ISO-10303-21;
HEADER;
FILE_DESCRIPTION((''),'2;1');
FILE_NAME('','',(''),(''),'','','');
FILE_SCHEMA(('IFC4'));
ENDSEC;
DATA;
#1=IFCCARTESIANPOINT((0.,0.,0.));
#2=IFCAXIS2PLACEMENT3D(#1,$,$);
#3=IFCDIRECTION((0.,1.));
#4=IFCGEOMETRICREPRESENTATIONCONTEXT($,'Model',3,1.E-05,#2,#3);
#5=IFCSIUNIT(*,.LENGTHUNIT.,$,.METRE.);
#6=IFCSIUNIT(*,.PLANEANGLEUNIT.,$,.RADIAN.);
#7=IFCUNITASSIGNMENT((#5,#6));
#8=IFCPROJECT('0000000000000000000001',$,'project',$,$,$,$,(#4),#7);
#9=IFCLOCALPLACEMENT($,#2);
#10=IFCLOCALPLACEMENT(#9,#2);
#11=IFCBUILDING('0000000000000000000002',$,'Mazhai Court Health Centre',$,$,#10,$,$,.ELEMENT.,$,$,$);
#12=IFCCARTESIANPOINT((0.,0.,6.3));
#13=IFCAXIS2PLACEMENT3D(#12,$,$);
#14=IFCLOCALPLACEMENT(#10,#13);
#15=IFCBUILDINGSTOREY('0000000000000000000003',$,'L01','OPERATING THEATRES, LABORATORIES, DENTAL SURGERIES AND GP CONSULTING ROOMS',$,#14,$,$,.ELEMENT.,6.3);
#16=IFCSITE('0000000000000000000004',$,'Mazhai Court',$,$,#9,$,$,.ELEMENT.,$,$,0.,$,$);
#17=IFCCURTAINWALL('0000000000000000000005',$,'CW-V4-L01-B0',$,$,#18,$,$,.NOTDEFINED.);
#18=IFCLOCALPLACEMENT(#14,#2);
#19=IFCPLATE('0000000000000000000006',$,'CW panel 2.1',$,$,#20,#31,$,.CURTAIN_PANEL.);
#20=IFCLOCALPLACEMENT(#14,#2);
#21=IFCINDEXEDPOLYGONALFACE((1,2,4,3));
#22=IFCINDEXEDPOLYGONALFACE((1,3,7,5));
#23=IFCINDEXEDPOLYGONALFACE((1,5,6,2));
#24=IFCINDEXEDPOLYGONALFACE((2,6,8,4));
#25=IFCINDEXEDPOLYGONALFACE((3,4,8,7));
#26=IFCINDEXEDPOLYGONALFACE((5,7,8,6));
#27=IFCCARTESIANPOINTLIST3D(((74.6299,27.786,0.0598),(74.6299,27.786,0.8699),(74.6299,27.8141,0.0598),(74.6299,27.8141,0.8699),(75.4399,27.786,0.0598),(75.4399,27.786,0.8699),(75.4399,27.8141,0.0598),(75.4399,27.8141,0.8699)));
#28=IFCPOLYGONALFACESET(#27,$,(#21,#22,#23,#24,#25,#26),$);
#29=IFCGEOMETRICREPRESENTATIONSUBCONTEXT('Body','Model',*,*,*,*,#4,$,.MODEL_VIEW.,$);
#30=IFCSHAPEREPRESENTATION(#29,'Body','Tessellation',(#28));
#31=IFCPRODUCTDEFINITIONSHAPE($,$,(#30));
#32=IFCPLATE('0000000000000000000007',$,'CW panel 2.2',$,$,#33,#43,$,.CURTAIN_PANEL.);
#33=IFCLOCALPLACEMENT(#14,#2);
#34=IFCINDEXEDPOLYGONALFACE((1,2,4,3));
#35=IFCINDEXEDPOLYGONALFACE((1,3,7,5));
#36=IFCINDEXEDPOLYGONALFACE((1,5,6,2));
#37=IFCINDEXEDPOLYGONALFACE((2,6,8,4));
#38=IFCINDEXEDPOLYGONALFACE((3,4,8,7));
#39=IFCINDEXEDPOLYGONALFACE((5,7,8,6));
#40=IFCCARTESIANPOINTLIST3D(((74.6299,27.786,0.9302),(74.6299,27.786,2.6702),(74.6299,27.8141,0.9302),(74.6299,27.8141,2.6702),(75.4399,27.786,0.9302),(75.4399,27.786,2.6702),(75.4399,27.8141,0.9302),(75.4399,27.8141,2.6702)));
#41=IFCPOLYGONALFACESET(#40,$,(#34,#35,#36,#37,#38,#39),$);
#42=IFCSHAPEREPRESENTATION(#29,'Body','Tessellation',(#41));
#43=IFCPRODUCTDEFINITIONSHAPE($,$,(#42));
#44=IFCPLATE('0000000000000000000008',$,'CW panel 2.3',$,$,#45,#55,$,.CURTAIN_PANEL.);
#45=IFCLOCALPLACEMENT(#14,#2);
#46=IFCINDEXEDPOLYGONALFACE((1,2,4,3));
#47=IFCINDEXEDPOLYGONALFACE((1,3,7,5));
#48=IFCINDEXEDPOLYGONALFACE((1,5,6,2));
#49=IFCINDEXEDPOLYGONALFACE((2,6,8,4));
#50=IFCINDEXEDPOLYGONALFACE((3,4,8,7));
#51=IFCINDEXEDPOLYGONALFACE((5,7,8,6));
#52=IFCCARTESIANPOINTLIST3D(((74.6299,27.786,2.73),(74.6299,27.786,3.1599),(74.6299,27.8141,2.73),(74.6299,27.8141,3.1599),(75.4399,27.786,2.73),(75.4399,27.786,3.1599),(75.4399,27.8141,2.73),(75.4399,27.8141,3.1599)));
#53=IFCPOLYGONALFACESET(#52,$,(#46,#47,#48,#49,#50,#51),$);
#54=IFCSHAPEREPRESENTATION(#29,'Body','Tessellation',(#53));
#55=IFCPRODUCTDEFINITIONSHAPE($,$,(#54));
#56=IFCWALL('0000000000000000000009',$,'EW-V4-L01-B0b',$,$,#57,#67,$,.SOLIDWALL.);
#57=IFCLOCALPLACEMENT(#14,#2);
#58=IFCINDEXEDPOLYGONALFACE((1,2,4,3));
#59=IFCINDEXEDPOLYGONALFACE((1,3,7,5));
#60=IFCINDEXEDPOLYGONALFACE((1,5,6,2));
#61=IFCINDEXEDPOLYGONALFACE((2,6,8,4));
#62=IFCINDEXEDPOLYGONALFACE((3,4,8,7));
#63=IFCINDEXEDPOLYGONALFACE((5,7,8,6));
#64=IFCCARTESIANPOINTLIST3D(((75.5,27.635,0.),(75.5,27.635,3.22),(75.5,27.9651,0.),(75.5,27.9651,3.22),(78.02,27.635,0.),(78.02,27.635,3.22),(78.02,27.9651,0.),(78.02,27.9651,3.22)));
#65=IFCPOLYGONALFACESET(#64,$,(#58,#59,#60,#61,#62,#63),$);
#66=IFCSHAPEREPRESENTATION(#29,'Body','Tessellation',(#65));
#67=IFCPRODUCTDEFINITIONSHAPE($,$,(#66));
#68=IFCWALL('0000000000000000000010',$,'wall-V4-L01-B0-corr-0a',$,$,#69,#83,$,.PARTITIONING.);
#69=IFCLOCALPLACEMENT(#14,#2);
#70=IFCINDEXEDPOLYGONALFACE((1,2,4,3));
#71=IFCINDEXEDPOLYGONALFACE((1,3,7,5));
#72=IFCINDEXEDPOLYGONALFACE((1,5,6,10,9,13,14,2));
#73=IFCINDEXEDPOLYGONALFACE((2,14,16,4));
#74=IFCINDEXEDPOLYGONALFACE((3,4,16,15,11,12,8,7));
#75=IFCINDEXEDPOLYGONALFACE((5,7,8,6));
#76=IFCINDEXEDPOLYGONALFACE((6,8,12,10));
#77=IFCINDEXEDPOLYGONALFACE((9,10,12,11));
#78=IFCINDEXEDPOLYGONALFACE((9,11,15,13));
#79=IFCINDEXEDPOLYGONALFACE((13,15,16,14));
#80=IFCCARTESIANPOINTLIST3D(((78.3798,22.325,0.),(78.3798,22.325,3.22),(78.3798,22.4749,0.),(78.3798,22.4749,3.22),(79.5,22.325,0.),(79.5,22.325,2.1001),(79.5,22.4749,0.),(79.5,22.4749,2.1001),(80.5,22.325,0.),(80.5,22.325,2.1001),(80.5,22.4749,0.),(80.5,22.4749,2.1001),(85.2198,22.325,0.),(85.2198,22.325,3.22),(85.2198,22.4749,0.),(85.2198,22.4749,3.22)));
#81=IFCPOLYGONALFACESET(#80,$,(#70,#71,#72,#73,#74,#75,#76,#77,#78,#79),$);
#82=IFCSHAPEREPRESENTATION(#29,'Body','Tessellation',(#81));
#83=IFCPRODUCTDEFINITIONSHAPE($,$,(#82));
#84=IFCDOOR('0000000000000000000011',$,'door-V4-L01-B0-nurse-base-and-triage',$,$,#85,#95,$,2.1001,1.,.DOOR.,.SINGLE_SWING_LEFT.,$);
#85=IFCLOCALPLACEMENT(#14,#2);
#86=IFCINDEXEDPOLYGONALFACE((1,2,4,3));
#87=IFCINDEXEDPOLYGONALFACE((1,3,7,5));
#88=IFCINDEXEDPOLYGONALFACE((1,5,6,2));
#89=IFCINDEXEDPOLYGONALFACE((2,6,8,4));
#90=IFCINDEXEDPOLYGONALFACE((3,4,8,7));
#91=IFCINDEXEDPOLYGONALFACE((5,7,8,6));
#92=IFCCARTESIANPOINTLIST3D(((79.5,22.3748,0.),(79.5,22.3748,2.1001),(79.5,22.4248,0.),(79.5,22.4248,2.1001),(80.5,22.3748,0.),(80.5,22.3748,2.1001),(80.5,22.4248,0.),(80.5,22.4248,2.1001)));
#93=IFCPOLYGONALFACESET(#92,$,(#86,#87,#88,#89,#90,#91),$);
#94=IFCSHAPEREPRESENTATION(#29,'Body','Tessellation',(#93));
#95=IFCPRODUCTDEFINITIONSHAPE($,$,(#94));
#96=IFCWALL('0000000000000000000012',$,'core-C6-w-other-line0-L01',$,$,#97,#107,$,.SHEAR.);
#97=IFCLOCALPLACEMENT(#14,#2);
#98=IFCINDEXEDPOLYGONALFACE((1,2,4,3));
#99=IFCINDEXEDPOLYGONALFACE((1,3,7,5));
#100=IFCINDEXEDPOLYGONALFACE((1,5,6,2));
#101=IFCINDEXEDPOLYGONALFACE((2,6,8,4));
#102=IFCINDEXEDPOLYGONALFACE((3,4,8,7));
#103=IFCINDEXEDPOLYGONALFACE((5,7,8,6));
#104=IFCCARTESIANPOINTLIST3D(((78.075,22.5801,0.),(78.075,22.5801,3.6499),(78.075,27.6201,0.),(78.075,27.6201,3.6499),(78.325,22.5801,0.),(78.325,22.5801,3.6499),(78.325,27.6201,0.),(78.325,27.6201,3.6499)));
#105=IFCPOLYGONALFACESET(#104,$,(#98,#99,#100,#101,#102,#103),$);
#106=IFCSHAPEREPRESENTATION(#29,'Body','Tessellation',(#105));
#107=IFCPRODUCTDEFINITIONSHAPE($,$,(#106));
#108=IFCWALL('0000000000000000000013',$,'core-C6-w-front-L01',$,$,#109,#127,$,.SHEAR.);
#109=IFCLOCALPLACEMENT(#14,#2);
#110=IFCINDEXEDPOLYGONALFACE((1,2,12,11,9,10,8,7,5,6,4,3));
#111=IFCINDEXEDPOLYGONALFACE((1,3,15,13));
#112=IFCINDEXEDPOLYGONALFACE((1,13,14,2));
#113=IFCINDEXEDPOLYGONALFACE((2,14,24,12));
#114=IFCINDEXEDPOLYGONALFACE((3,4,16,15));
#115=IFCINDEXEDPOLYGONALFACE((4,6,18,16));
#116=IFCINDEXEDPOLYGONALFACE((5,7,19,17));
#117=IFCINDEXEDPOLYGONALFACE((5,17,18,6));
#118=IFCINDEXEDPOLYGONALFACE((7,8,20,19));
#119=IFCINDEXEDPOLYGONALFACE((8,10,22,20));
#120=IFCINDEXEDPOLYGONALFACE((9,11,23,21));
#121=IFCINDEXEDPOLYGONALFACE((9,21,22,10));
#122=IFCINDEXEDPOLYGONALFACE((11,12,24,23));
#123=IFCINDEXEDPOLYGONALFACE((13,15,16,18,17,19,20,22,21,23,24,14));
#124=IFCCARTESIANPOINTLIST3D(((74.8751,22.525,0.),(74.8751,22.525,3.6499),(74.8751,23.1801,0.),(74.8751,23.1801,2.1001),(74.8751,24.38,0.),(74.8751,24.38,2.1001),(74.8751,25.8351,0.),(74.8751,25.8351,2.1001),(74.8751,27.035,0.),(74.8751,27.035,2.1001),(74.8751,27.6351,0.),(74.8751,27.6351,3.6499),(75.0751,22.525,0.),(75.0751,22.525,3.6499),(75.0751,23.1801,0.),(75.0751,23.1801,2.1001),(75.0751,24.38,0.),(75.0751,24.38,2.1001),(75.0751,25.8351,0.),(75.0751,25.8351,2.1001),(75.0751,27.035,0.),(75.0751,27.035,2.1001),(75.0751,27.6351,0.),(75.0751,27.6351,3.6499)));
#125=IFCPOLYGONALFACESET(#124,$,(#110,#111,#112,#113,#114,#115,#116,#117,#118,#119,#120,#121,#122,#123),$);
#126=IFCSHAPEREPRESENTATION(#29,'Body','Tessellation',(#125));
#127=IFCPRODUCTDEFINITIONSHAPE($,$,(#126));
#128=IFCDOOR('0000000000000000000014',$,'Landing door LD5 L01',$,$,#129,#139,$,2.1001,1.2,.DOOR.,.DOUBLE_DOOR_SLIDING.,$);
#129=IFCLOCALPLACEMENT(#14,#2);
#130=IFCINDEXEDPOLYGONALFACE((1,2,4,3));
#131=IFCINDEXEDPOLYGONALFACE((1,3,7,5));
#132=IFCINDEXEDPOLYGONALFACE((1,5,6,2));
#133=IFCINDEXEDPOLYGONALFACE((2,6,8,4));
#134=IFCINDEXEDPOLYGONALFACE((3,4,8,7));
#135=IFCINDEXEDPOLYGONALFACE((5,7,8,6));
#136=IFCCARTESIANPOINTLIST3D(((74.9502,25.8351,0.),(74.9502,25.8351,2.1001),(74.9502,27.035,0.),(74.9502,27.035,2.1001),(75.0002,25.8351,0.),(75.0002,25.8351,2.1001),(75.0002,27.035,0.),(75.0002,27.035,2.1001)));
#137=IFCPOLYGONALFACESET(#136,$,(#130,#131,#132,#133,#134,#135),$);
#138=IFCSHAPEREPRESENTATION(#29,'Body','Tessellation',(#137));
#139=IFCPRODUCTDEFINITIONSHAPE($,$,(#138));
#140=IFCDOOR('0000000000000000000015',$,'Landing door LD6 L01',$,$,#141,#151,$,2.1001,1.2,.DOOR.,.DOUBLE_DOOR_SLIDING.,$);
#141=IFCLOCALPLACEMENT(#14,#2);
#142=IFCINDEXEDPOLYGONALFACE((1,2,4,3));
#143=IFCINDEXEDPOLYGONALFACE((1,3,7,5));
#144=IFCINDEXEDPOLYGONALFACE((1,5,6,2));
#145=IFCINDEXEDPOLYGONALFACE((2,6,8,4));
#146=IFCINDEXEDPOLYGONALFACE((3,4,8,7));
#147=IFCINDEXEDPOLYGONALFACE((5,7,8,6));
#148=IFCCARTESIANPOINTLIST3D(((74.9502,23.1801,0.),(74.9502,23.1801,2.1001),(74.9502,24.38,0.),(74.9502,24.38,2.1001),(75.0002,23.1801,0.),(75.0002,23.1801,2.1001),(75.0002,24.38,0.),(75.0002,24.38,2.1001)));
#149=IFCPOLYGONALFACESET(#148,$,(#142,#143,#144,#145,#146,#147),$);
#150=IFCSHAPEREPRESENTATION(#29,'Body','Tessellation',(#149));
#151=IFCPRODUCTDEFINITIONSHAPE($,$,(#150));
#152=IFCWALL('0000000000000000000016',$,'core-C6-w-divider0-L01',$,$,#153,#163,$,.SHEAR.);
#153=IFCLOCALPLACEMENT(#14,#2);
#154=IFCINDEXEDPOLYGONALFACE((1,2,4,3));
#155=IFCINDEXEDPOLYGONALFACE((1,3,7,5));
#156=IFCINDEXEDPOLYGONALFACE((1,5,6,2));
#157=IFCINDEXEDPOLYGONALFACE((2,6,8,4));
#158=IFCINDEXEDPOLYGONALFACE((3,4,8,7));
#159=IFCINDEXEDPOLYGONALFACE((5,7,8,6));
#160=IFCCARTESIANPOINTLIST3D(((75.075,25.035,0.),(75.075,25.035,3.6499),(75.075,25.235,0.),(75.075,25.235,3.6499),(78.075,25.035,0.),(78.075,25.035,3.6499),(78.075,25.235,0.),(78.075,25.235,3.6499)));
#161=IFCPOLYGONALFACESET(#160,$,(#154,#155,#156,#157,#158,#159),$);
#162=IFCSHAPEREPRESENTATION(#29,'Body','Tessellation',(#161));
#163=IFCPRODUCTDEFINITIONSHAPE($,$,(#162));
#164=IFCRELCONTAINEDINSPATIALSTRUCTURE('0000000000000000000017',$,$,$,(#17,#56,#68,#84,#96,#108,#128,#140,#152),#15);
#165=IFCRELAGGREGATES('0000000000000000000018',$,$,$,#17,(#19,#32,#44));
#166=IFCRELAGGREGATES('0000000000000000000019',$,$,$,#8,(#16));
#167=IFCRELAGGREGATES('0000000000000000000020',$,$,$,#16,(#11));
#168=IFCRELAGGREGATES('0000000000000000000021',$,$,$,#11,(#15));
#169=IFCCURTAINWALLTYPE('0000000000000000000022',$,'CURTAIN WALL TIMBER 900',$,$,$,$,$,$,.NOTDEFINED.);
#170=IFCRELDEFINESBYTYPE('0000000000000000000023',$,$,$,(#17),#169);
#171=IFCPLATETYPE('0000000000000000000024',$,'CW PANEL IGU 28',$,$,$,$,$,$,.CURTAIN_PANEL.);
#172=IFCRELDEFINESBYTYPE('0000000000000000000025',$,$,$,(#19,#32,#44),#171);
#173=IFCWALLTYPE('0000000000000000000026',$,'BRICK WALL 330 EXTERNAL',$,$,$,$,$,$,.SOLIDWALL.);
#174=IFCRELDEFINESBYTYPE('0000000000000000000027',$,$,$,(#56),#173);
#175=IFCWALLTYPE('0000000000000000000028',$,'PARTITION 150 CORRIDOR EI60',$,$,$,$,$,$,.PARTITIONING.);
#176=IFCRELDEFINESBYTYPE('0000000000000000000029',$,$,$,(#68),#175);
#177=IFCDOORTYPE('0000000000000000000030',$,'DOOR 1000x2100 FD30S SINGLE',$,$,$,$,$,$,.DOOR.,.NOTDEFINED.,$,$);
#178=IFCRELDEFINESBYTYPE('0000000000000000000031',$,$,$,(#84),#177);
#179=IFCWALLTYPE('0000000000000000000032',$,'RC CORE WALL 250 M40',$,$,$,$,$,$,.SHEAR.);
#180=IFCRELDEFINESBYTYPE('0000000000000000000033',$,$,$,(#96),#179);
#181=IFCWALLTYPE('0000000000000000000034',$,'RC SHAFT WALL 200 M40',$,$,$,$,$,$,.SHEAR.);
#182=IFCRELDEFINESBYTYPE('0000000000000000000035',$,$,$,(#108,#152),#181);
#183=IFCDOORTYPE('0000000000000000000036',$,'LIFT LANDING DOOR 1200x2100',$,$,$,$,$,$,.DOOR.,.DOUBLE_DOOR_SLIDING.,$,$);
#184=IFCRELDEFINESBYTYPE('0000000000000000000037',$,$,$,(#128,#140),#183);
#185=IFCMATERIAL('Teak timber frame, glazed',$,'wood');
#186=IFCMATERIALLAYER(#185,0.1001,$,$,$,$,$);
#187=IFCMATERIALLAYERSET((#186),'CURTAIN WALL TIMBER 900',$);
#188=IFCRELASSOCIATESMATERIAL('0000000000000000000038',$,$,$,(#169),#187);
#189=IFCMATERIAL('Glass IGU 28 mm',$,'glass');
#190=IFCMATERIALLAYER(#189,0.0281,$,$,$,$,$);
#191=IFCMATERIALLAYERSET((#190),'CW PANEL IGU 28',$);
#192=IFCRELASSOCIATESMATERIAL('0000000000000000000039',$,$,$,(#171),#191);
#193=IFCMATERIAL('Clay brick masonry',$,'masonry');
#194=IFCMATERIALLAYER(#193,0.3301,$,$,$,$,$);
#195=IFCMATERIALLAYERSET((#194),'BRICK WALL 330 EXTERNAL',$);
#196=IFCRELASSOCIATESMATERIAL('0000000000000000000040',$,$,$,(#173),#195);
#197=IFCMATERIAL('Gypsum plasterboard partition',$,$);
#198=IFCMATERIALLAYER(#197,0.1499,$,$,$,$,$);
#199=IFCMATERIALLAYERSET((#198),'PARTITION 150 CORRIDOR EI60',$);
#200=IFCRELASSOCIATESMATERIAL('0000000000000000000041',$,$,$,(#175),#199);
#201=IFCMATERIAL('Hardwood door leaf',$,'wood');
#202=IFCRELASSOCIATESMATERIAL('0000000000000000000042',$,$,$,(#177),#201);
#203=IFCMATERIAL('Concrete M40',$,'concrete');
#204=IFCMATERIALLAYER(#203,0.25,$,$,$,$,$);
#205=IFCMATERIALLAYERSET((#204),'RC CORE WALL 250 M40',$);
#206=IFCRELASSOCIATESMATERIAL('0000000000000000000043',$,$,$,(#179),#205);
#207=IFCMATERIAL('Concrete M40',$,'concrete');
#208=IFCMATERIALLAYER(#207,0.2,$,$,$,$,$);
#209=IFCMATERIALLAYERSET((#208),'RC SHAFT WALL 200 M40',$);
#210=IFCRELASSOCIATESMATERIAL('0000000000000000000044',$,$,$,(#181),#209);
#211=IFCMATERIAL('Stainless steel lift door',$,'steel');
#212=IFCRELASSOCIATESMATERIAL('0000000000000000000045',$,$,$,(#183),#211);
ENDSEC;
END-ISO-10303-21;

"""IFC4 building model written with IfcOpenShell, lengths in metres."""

from ifc_helpers import new_model, si_unit, direction, frame, frame_2d, origin, origin_2d, place, context, subcontext, project, spatial, rectangle, extrude, material, layer, layer_set, type_object, element, fill, aggregate, save


model = new_model("IFC4")

# Units and contexts
model_context = context("Model", 3, precision=1e-05, world=origin(), true_north=direction((0.0, 1.0)))
body_context = subcontext(model_context, "Body", "Model", "MODEL_VIEW")
ifc_project = project(units=[si_unit("LENGTHUNIT", "METRE"), si_unit("PLANEANGLEUNIT", "RADIAN")], contexts=[model_context])

# Site, building, storey
site_placement = place(None, origin())
site = spatial("IfcSite", under=ifc_project, at=site_placement, Name="Mazhai Court", CompositionType="ELEMENT", RefElevation=0.0)
building_placement = place(site_placement, origin())
building = spatial("IfcBuilding", under=site, at=building_placement, Name="Mazhai Court Health Centre", CompositionType="ELEMENT")
storey_placement = place(building_placement, frame((0.0, 0.0, 6.3)))
storey = spatial("IfcBuildingStorey", under=building, at=storey_placement, Name="L01", Description="OPERATING THEATRES, LABORATORIES, DENTAL SURGERIES AND GP CONSULTING ROOMS", CompositionType="ELEMENT", Elevation=6.3)

# Curtain wall
ifc_material_1 = material(Name="Teak timber frame, glazed", Category="wood")
ifc_layer_1 = layer(ifc_material_1, 0.1001)
ifc_layer_set_1 = layer_set([ifc_layer_1], Name="CURTAIN WALL TIMBER 900")
curtain_wall_type_1 = type_object("IfcCurtainWallType", Name="CURTAIN WALL TIMBER 900", PredefinedType="NOTDEFINED", material=ifc_layer_set_1)
curtain_wall_1_placement = place(storey_placement, origin())
curtain_wall_1 = element("IfcCurtainWall", 1, at=curtain_wall_1_placement, inside=storey, type_object=curtain_wall_type_1, Name="CW-V4-L01-B0", PredefinedType="NOTDEFINED")

# Plates
ifc_material_2 = material(Name="Glass IGU 28 mm", Category="glass")
ifc_layer_2 = layer(ifc_material_2, 0.0281)
ifc_layer_set_2 = layer_set([ifc_layer_2], Name="CW PANEL IGU 28")
plate_type = type_object("IfcPlateType", Name="CW PANEL IGU 28", PredefinedType="CURTAIN_PANEL", material=ifc_layer_set_2)
plate_1_placement = place(storey_placement, frame((75.0349, 27.8, 0.0598), z_axis=(0.0, 0.0, 1.0), x_axis=(1.0, 0.0, 0.0)))
plate_1 = element("IfcPlate", 2, at=plate_1_placement, type_object=plate_type, Name="CW panel 2.1", PredefinedType="CURTAIN_PANEL", context=body_context, shape_type="SweptSolid", body=[
    extrude(rectangle(XDim=0.8101, YDim=0.0281, at=origin_2d()), origin(), (0.0, 0.0, 1.0), 0.8101),
])
plate_2_placement = place(storey_placement, frame((75.0349, 27.8, 0.9302), z_axis=(0.0, 0.0, 1.0), x_axis=(1.0, 0.0, 0.0)))
plate_2 = element("IfcPlate", 3, at=plate_2_placement, type_object=plate_type, Name="CW panel 2.2", PredefinedType="CURTAIN_PANEL", context=body_context, shape_type="SweptSolid", body=[
    extrude(rectangle(XDim=0.8101, YDim=0.0281, at=origin_2d()), origin(), (0.0, 0.0, 1.0), 1.74),
])
plate_3_placement = place(storey_placement, frame((75.0349, 27.8, 2.73), z_axis=(0.0, 0.0, 1.0), x_axis=(1.0, 0.0, 0.0)))
plate_3 = element("IfcPlate", 4, at=plate_3_placement, type_object=plate_type, Name="CW panel 2.3", PredefinedType="CURTAIN_PANEL", context=body_context, shape_type="SweptSolid", body=[
    extrude(rectangle(XDim=0.8101, YDim=0.0281, at=origin_2d()), origin(), (0.0, 0.0, 1.0), 0.4299),
])
aggregate(curtain_wall_1, [plate_1, plate_2, plate_3])

# Wall
ifc_material_3 = material(Name="Clay brick masonry", Category="masonry")
ifc_layer_3 = layer(ifc_material_3, 0.3301)
ifc_layer_set_3 = layer_set([ifc_layer_3], Name="BRICK WALL 330 EXTERNAL")
wall_type_1 = type_object("IfcWallType", Name="BRICK WALL 330 EXTERNAL", PredefinedType="SOLIDWALL", material=ifc_layer_set_3)
wall_1_placement = place(storey_placement, frame((75.5, 27.8, 0.0), z_axis=(0.0, 0.0, 1.0), x_axis=(1.0, 0.0, 0.0)))
element("IfcWall", 5, at=wall_1_placement, inside=storey, type_object=wall_type_1, Name="EW-V4-L01-B0b", PredefinedType="SOLIDWALL", context=body_context, shape_type="SweptSolid", body=[
    extrude(rectangle(XDim=2.52, YDim=0.3301, at=frame_2d((1.26, 0.0))), origin(), (0.0, 0.0, 1.0), 3.22),
])

# Wall, opening, door
ifc_material_4 = material(Name="Gypsum plasterboard partition")
ifc_layer_4 = layer(ifc_material_4, 0.1499)
ifc_layer_set_4 = layer_set([ifc_layer_4], Name="PARTITION 150 CORRIDOR EI60")
wall_type_2 = type_object("IfcWallType", Name="PARTITION 150 CORRIDOR EI60", PredefinedType="PARTITIONING", material=ifc_layer_set_4)
wall_2_placement = place(storey_placement, frame((78.3799, 22.3999, 0.0), z_axis=(0.0, 0.0, 1.0), x_axis=(1.0, 0.0, 0.0)))
wall_2 = element("IfcWall", 6, at=wall_2_placement, inside=storey, type_object=wall_type_2, Name="wall-V4-L01-B0-corr-0a", PredefinedType="PARTITIONING", context=body_context, shape_type="SweptSolid", body=[
    extrude(rectangle(XDim=6.8401, YDim=0.1499, at=frame_2d((3.4199, 0.0))), origin(), (0.0, 0.0, 1.0), 3.22),
])
opening_1_placement = place(wall_2_placement, frame((1.1201, 0.0, 0.0)))
opening_1 = element("IfcOpeningElement", 7, at=opening_1_placement, cuts=wall_2, PredefinedType="OPENING", context=body_context, shape_type="SweptSolid", body=[
    extrude(rectangle(XDim=1.0, YDim=2.1001, at=frame_2d((0.5, 1.05))), frame((0.0, 0.085, 0.0), z_axis=(0.0, -1.0, 0.0), x_axis=(1.0, 0.0, 0.0)), (0.0, 0.0, 1.0), 0.1699),
])
ifc_material_5 = material(Name="Hardwood door leaf", Category="wood")
door_type_1 = type_object("IfcDoorType", Name="DOOR 1000x2100 FD30S SINGLE", OperationType="NOTDEFINED", PredefinedType="DOOR", material=ifc_material_5)
door_1_placement = place(opening_1_placement, origin())
door_1 = element("IfcDoor", 8, at=door_1_placement, inside=storey, type_object=door_type_1, Name="door-V4-L01-B0-nurse-base-and-triage", OperationType="SINGLE_SWING_LEFT", OverallHeight=2.1001, OverallWidth=1.0, PredefinedType="DOOR", context=body_context, shape_type="SweptSolid", body=[
    extrude(rectangle(XDim=1.0, YDim=2.1001, at=frame_2d((0.5, 1.05))), frame((0.0, 0.0249, 0.0), z_axis=(0.0, -1.0, 0.0), x_axis=(1.0, 0.0, 0.0)), (0.0, 0.0, 1.0), 0.05),
])
fill(opening_1, door_1)

# Wall
ifc_material_6 = material(Name="Concrete M40", Category="concrete")
ifc_layer_5 = layer(ifc_material_6, 0.25)
ifc_layer_set_5 = layer_set([ifc_layer_5], Name="RC CORE WALL 250 M40")
wall_type_3 = type_object("IfcWallType", Name="RC CORE WALL 250 M40", PredefinedType="SHEAR", material=ifc_layer_set_5)
wall_3_placement = place(storey_placement, frame((78.2, 22.5801, 0.0), z_axis=(0.0, 0.0, 1.0), x_axis=(0.0, 1.0, 0.0)))
element("IfcWall", 9, at=wall_3_placement, inside=storey, type_object=wall_type_3, Name="core-C6-w-other-line0-L01", PredefinedType="SHEAR", context=body_context, shape_type="SweptSolid", body=[
    extrude(rectangle(XDim=5.04, YDim=0.25, at=frame_2d((2.52, 0.0))), origin(), (0.0, 0.0, 1.0), 3.6499),
])

# Wall, openings, doors
ifc_material_7 = material(Name="Concrete M40", Category="concrete")
ifc_layer_6 = layer(ifc_material_7, 0.2)
ifc_layer_set_6 = layer_set([ifc_layer_6], Name="RC SHAFT WALL 200 M40")
wall_type_4 = type_object("IfcWallType", Name="RC SHAFT WALL 200 M40", PredefinedType="SHEAR", material=ifc_layer_set_6)
wall_4_placement = place(storey_placement, frame((74.9751, 22.5249, 0.0), z_axis=(0.0, 0.0, 1.0), x_axis=(0.0, 1.0, 0.0)))
wall_4 = element("IfcWall", 10, at=wall_4_placement, inside=storey, type_object=wall_type_4, Name="core-C6-w-front-L01", PredefinedType="SHEAR", context=body_context, shape_type="SweptSolid", body=[
    extrude(rectangle(XDim=5.1101, YDim=0.2, at=frame_2d((2.5552, 0.0))), origin(), (0.0, 0.0, 1.0), 3.6499),
])
opening_2_placement = place(wall_4_placement, frame((3.3101, 0.0, 0.0)))
opening_2 = element("IfcOpeningElement", 11, at=opening_2_placement, cuts=wall_4, PredefinedType="OPENING", context=body_context, shape_type="SweptSolid", body=[
    extrude(rectangle(XDim=1.2, YDim=2.1001, at=frame_2d((0.6001, 1.05))), frame((0.0, 0.1099, 0.0), z_axis=(0.0, -1.0, 0.0), x_axis=(1.0, 0.0, 0.0)), (0.0, 0.0, 1.0), 0.22),
])
opening_3_placement = place(wall_4_placement, frame((0.655, 0.0, 0.0)))
opening_3 = element("IfcOpeningElement", 12, at=opening_3_placement, cuts=wall_4, PredefinedType="OPENING", context=body_context, shape_type="SweptSolid", body=[
    extrude(rectangle(XDim=1.2, YDim=2.1001, at=frame_2d((0.6001, 1.05))), frame((0.0, 0.1099, 0.0), z_axis=(0.0, -1.0, 0.0), x_axis=(1.0, 0.0, 0.0)), (0.0, 0.0, 1.0), 0.22),
])
ifc_material_8 = material(Name="Stainless steel lift door", Category="steel")
door_type_2 = type_object("IfcDoorType", Name="LIFT LANDING DOOR 1200x2100", OperationType="DOUBLE_DOOR_SLIDING", PredefinedType="DOOR", material=ifc_material_8)
door_2_placement = place(opening_2_placement, origin())
door_2 = element("IfcDoor", 13, at=door_2_placement, inside=storey, type_object=door_type_2, Name="Landing door LD5 L01", OperationType="DOUBLE_DOOR_SLIDING", OverallHeight=2.1001, OverallWidth=1.2, PredefinedType="DOOR", context=body_context, shape_type="SweptSolid", body=[
    extrude(rectangle(XDim=1.2, YDim=2.1001, at=frame_2d((0.6001, 1.05))), frame((0.0, 0.0249, 0.0), z_axis=(0.0, -1.0, 0.0), x_axis=(1.0, 0.0, 0.0)), (0.0, 0.0, 1.0), 0.05),
])
fill(opening_2, door_2)
door_3_placement = place(opening_3_placement, origin())
door_3 = element("IfcDoor", 14, at=door_3_placement, inside=storey, type_object=door_type_2, Name="Landing door LD6 L01", OperationType="DOUBLE_DOOR_SLIDING", OverallHeight=2.1001, OverallWidth=1.2, PredefinedType="DOOR", context=body_context, shape_type="SweptSolid", body=[
    extrude(rectangle(XDim=1.2, YDim=2.1001, at=frame_2d((0.6001, 1.05))), frame((0.0, 0.0249, 0.0), z_axis=(0.0, -1.0, 0.0), x_axis=(1.0, 0.0, 0.0)), (0.0, 0.0, 1.0), 0.05),
])
fill(opening_3, door_3)

# Wall
wall_5_placement = place(storey_placement, frame((78.075, 25.135, 0.0), z_axis=(0.0, 0.0, 1.0), x_axis=(-1.0, 0.0, 0.0)))
element("IfcWall", 15, at=wall_5_placement, inside=storey, type_object=wall_type_4, Name="core-C6-w-divider0-L01", PredefinedType="SHEAR", context=body_context, shape_type="SweptSolid", body=[
    extrude(rectangle(XDim=3.0, YDim=0.2, at=frame_2d((1.5, 0.0))), origin(), (0.0, 0.0, 1.0), 3.6499),
])

save(model, "model.ifc")
